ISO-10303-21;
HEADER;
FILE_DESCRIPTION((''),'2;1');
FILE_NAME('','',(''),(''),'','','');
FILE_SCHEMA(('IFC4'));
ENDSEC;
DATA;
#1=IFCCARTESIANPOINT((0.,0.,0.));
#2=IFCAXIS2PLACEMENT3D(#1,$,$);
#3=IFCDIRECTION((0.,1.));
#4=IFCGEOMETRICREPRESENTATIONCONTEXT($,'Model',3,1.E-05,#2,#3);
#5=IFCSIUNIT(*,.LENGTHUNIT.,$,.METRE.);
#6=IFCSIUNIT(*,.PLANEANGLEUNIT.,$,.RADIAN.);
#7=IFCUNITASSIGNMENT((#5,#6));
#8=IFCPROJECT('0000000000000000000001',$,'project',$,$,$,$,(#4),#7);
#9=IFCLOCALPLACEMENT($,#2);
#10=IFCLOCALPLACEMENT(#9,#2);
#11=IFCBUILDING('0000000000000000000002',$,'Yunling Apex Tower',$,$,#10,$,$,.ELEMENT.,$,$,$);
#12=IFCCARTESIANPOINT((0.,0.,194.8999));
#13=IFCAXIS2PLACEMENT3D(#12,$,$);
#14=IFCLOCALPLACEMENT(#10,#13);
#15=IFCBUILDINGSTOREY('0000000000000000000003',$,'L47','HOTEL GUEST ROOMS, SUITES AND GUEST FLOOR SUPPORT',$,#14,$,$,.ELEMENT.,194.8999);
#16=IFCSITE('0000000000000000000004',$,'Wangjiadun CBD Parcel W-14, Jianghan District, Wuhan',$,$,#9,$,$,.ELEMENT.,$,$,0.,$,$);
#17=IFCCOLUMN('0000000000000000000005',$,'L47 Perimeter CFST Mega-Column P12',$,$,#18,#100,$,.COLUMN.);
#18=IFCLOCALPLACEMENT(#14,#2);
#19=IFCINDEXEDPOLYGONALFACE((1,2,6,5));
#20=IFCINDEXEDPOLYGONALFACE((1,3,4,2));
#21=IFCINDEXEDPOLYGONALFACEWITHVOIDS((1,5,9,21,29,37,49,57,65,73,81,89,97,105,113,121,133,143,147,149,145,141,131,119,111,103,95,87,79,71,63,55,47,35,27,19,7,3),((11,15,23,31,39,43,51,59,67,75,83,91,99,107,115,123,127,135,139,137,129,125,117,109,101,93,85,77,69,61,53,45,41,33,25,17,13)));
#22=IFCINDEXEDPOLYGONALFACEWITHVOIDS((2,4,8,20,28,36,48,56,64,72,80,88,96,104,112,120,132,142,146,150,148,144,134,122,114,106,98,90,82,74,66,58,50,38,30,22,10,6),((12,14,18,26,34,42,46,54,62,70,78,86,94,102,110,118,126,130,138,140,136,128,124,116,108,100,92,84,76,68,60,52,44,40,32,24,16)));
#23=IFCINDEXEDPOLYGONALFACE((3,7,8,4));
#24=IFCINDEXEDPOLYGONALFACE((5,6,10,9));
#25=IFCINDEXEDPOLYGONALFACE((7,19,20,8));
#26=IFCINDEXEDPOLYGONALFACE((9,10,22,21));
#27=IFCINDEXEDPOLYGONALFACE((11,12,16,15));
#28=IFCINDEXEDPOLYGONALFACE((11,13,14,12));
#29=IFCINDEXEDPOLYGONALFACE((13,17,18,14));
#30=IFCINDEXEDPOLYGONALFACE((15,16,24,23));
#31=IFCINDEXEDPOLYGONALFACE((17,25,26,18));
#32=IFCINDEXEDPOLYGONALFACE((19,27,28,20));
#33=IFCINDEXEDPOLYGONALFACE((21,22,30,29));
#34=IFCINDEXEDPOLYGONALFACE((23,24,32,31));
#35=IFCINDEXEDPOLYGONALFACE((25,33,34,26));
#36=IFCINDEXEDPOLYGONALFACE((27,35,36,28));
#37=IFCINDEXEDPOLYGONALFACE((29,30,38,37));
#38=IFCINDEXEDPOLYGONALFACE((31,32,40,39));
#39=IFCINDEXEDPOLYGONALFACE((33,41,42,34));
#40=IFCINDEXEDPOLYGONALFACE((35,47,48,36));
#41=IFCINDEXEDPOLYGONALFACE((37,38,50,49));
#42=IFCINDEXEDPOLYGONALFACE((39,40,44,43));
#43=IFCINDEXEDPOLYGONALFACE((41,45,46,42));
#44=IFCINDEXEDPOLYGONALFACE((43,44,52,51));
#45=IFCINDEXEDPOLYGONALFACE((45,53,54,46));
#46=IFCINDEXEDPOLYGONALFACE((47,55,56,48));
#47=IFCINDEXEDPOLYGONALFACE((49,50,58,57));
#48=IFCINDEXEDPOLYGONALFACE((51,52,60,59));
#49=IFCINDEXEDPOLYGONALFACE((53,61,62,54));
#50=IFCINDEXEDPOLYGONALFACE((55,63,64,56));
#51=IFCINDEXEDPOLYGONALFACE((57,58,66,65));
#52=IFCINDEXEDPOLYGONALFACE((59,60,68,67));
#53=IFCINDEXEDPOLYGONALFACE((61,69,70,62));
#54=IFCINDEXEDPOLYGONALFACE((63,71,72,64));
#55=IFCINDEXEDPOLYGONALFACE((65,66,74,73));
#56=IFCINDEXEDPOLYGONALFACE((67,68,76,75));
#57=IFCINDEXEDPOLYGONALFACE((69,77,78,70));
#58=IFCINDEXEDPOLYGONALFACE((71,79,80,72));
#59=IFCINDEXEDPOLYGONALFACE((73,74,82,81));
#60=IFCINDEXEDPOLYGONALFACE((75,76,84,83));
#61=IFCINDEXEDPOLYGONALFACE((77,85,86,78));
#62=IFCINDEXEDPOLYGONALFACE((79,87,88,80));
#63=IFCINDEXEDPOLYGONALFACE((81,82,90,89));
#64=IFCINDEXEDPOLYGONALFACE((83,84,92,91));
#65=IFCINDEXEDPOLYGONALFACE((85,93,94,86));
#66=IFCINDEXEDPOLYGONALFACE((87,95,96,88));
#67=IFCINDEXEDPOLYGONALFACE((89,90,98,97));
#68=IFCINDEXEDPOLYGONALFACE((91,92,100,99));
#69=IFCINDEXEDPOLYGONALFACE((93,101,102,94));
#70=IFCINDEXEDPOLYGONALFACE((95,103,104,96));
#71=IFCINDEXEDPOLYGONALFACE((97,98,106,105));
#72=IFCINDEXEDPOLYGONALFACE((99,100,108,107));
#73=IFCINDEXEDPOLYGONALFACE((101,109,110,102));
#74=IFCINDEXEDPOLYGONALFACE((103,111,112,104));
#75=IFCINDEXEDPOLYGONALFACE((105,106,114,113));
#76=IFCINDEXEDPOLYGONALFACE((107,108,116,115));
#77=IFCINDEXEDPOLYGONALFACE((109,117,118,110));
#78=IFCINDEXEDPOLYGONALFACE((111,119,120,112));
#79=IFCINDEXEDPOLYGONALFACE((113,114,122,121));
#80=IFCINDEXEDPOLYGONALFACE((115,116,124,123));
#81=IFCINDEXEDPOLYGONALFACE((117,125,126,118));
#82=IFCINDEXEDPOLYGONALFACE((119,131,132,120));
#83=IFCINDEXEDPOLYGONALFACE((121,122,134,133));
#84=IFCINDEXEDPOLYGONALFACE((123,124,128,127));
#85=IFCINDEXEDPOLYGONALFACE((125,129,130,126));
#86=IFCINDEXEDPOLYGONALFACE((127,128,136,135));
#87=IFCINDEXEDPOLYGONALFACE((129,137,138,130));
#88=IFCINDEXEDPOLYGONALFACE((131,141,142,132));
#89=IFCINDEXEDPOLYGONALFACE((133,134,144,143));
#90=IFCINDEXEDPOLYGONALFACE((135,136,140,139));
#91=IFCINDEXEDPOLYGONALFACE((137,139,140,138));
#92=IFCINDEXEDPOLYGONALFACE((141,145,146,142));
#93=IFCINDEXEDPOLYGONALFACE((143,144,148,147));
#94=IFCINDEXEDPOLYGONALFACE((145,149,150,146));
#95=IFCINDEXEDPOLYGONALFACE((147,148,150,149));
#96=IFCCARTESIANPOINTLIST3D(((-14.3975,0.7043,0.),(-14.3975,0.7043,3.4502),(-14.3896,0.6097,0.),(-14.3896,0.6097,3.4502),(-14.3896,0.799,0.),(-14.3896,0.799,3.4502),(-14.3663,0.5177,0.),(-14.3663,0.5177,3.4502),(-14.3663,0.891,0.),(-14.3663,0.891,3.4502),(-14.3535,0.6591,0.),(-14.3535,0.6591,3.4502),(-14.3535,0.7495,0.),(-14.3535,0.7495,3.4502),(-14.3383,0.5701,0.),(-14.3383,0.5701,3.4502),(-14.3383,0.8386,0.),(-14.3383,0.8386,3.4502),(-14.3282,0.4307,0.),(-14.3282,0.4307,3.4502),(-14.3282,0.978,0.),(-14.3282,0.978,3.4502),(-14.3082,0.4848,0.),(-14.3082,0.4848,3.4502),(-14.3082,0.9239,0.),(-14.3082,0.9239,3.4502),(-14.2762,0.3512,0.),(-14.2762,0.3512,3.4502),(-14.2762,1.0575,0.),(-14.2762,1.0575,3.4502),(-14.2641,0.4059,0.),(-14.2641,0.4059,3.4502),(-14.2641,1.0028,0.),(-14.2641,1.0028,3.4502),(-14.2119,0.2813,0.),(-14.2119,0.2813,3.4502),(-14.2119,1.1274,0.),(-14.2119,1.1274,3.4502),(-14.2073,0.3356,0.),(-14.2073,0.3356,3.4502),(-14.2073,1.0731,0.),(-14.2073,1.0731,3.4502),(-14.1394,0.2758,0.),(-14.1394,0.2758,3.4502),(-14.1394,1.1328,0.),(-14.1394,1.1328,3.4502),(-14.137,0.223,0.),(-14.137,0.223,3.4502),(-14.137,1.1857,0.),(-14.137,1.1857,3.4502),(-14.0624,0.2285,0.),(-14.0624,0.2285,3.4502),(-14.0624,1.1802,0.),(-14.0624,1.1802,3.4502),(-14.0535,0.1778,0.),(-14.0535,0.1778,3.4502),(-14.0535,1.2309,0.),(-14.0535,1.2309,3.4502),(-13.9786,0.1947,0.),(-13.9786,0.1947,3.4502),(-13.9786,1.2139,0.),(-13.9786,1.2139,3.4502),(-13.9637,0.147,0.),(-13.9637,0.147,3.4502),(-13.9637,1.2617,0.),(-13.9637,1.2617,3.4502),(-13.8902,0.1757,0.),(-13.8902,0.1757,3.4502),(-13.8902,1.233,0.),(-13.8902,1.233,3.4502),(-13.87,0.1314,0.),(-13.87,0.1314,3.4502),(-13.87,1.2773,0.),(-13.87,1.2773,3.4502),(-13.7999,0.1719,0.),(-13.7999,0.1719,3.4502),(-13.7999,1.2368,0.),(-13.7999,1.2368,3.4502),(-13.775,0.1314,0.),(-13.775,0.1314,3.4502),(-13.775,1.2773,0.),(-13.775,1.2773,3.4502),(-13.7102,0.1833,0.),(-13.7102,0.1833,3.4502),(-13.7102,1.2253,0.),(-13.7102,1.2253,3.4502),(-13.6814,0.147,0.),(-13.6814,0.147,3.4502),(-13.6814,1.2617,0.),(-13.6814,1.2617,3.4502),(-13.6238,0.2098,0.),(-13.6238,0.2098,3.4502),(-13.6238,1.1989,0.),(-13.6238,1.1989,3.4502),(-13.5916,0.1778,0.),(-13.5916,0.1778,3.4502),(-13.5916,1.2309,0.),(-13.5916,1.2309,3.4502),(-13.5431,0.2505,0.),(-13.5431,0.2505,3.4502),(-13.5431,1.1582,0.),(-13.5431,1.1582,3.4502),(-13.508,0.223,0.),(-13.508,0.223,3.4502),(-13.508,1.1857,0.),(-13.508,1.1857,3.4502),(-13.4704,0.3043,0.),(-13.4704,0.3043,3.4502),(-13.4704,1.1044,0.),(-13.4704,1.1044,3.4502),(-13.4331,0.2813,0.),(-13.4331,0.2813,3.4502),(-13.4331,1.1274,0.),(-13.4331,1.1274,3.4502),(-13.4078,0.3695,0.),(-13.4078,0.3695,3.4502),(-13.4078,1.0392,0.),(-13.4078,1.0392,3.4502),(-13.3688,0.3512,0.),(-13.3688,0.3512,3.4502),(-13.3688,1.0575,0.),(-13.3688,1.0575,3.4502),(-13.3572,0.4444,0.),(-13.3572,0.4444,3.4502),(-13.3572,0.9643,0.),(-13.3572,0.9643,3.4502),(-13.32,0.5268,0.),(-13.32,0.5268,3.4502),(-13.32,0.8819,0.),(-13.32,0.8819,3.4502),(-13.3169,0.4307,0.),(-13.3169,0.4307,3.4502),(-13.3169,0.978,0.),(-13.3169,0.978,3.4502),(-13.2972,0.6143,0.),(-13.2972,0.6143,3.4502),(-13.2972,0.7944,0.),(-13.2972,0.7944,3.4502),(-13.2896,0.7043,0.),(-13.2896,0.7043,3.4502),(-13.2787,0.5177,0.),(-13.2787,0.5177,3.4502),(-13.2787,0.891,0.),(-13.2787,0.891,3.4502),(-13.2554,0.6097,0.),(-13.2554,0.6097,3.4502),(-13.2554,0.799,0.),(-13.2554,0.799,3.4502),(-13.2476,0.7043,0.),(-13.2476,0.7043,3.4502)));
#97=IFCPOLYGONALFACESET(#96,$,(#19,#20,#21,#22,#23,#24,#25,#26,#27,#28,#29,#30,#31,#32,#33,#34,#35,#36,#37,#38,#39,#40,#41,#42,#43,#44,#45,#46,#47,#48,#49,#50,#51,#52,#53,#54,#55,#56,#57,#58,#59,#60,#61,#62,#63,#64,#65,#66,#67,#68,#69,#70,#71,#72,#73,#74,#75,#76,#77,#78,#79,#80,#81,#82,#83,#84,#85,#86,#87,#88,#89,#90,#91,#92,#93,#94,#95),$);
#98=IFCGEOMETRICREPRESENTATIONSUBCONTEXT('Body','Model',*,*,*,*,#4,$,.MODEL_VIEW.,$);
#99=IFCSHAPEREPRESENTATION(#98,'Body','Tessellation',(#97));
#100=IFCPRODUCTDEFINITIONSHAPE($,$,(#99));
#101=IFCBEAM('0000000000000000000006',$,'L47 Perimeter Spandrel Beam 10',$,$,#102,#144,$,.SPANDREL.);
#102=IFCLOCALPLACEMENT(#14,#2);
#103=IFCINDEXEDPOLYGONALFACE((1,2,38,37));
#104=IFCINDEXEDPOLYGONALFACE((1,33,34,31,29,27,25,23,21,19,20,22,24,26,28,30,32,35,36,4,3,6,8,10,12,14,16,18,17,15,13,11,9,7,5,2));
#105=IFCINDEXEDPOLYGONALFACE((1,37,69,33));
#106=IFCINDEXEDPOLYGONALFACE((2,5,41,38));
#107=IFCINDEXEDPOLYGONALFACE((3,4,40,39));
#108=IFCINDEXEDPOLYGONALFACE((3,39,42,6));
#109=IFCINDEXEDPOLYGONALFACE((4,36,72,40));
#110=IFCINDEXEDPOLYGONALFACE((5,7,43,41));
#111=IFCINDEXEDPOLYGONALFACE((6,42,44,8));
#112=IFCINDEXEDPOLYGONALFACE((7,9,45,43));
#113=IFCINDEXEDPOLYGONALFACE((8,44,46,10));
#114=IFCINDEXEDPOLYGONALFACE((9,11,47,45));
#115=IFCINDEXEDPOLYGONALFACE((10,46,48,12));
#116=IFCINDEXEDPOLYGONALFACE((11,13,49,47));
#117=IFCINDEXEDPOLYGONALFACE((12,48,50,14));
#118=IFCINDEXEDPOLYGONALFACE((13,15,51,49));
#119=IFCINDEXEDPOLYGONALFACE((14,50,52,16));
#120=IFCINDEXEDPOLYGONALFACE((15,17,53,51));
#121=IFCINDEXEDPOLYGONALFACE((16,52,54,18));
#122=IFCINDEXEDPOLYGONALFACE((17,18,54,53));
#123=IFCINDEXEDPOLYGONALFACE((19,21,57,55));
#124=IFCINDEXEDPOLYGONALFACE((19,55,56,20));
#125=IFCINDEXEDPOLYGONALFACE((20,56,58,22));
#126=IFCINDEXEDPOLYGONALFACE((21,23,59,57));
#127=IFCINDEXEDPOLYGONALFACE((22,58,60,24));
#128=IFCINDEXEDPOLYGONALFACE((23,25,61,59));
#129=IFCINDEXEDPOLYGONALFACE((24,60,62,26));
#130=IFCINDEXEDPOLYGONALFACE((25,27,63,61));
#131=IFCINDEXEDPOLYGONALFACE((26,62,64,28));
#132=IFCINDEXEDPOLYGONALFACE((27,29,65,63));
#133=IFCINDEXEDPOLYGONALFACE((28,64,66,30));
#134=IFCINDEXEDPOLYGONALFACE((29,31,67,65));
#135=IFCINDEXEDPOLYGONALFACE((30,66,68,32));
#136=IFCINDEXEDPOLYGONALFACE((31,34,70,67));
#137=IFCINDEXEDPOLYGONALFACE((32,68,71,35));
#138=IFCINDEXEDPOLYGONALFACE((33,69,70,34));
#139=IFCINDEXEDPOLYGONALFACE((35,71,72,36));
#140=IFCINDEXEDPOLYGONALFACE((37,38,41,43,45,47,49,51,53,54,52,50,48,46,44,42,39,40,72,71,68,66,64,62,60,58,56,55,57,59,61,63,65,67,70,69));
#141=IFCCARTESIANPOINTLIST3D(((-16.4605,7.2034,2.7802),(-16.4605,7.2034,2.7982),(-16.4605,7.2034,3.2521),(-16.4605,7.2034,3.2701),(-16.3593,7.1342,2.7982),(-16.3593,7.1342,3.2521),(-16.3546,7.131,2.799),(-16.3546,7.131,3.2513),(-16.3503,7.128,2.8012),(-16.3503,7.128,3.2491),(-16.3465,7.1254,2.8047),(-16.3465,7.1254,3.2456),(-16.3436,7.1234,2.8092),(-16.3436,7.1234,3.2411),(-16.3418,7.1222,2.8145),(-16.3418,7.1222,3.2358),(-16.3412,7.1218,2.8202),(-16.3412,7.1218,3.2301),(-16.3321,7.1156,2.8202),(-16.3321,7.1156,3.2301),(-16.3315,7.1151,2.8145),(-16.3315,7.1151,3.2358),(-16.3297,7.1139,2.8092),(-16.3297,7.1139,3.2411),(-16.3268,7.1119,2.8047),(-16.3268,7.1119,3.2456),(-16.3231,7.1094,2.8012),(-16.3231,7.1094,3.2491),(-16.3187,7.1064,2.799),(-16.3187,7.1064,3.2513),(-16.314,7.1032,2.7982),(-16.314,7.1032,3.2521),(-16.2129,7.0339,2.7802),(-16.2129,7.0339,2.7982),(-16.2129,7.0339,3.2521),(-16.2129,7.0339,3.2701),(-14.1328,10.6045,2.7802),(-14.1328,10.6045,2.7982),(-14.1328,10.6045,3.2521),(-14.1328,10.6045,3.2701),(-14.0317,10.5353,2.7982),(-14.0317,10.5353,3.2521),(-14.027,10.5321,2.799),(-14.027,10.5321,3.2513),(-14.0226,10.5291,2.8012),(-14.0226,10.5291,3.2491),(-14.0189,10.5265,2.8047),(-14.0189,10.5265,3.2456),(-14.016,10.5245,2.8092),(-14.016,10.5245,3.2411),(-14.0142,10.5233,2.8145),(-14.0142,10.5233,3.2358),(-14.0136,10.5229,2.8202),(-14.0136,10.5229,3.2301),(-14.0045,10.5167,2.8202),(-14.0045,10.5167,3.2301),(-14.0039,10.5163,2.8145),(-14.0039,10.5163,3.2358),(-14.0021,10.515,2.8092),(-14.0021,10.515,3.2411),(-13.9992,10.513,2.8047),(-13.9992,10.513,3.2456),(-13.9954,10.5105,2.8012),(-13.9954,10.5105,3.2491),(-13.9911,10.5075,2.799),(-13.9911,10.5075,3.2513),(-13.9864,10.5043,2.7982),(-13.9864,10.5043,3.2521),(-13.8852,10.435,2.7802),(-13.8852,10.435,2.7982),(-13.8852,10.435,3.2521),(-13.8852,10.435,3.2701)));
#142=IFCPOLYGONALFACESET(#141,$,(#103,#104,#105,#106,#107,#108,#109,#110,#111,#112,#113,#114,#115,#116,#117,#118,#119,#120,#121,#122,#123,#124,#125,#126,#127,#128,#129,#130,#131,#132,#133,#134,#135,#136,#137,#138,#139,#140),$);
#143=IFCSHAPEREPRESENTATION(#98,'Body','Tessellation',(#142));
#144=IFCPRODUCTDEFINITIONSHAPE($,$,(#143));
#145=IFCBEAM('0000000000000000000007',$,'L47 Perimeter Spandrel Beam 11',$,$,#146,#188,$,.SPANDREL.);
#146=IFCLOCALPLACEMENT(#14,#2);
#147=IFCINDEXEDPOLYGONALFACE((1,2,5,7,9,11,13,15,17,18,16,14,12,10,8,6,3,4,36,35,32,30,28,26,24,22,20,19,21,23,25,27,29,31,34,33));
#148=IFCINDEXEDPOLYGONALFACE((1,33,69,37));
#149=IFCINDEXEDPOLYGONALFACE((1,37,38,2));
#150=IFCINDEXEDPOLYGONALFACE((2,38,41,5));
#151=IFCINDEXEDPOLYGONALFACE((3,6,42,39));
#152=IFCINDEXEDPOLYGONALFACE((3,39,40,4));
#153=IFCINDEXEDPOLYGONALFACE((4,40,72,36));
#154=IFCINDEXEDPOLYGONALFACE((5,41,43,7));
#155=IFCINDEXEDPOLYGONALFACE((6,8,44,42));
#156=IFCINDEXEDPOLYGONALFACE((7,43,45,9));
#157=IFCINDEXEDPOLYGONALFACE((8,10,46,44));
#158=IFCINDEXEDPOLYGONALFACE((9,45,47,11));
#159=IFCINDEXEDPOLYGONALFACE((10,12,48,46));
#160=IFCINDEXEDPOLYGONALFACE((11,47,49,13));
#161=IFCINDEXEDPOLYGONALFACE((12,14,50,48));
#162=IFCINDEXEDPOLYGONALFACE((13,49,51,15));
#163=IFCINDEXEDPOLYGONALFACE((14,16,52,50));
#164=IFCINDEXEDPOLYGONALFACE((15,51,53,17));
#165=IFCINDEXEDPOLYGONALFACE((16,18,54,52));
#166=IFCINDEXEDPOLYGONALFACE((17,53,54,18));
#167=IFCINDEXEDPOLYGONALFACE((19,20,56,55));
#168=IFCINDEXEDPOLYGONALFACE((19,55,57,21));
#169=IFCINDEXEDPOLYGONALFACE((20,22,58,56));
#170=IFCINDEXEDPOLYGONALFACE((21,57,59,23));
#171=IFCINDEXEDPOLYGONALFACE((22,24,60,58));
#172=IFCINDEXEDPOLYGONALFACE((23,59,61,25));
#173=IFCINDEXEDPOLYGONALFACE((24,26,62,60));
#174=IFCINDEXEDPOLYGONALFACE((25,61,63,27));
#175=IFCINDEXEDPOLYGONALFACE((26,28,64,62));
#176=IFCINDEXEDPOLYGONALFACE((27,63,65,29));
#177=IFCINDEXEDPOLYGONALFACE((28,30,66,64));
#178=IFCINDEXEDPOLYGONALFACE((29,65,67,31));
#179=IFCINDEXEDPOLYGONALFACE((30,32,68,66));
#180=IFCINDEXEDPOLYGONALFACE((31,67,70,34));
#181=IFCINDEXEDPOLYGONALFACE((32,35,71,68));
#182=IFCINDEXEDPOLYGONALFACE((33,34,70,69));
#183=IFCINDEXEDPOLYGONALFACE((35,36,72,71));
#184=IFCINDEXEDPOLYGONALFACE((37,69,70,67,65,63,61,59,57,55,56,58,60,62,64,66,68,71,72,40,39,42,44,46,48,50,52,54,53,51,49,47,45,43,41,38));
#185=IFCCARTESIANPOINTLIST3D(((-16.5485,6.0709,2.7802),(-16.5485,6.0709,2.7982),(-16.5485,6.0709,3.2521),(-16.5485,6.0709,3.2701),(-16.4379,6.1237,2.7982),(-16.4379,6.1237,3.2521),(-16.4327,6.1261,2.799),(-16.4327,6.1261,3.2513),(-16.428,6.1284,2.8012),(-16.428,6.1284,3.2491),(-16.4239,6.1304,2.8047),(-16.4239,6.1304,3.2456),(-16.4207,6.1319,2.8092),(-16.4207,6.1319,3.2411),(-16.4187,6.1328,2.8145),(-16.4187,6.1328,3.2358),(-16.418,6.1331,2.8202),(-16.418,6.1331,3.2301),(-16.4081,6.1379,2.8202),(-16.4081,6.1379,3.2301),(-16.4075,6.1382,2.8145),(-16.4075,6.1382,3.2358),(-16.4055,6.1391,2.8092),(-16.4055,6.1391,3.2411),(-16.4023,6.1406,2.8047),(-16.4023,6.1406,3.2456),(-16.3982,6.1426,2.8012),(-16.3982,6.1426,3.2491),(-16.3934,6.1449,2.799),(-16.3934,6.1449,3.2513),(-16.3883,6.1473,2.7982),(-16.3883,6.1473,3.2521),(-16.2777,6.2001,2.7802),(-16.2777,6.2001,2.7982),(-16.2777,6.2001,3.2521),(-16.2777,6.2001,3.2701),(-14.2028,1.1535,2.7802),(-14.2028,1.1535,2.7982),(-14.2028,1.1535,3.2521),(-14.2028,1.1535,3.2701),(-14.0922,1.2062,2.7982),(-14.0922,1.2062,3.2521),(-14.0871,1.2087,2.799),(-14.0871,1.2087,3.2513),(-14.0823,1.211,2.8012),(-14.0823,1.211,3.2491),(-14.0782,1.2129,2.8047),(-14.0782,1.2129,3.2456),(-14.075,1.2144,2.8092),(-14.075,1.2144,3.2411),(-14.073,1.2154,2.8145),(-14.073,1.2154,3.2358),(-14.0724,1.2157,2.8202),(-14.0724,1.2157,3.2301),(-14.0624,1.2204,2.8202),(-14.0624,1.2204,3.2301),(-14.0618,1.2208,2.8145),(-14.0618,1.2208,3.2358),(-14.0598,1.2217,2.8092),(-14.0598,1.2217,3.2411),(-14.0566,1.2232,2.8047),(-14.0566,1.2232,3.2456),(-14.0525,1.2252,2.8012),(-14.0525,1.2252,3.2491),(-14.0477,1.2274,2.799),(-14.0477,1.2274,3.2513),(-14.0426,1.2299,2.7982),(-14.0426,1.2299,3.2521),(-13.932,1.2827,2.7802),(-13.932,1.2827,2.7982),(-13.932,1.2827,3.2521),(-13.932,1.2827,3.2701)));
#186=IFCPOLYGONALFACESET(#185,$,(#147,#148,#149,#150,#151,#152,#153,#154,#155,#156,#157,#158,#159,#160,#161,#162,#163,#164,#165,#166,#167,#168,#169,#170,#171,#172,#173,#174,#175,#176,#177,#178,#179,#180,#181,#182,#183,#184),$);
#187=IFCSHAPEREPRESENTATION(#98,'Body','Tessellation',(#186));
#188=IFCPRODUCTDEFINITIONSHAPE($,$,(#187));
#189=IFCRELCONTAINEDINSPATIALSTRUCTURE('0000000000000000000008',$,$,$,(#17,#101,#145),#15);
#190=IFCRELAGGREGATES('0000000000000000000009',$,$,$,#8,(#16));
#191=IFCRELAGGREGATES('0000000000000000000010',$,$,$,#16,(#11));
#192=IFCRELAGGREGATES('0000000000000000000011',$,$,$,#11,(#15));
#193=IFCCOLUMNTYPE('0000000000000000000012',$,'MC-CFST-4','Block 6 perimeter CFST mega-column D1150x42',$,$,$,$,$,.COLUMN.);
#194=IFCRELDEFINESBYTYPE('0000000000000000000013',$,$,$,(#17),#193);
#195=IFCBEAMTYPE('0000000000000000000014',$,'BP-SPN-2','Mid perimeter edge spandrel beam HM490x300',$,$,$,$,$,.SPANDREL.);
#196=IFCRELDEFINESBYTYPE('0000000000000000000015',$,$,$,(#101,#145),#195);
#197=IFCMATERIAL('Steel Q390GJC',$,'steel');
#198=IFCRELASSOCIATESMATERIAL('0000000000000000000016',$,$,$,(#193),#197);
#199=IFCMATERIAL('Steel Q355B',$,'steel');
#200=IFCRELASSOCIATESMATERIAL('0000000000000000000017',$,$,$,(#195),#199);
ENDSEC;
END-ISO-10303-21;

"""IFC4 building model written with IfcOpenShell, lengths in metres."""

from ifc_helpers import new_model, si_unit, direction, frame, origin, origin_2d, place, context, subcontext, project, spatial, hollow_circle, i_section, extrude, source, transform, mapped, material, material_profile, profile_set, type_object, element, save


model = new_model("IFC4")

# Units and contexts
model_context = context("Model", 3, precision=1e-05, world=origin(), true_north=direction((0.0, 1.0)))
body_context = subcontext(model_context, "Body", "Model", "MODEL_VIEW")
ifc_project = project(units=[si_unit("LENGTHUNIT", "METRE"), si_unit("PLANEANGLEUNIT", "RADIAN")], contexts=[model_context])

# Site, building, storey
site_placement = place(None, origin())
site = spatial("IfcSite", under=ifc_project, at=site_placement, Name="Wangjiadun CBD Parcel W-14, Jianghan District, Wuhan", CompositionType="ELEMENT", RefElevation=0.0)
building_placement = place(site_placement, origin())
building = spatial("IfcBuilding", under=site, at=building_placement, Name="Yunling Apex Tower", CompositionType="ELEMENT")
storey_placement = place(building_placement, frame((0.0, 0.0, 194.8999)))
storey = spatial("IfcBuildingStorey", under=building, at=storey_placement, Name="L47", Description="HOTEL GUEST ROOMS, SUITES AND GUEST FLOOR SUPPORT", CompositionType="ELEMENT", Elevation=194.8999)

# Column
ifc_material_1 = material(Name="Steel Q390GJC", Category="steel")
ifc_material_profile_1 = material_profile(ifc_material_1, hollow_circle(Radius=0.575, WallThickness=0.042, at=origin_2d()))
ifc_profile_set_1 = profile_set([ifc_material_profile_1], Name="Steel Q390GJC")
column_type = type_object("IfcColumnType", Name="MC-CFST-4", Description="Block 6 perimeter CFST mega-column D1150x42", PredefinedType="COLUMN", material=ifc_profile_set_1)
shared_shape_1 = source(origin(), body_context, "Body", "SweptSolid", [
    extrude(hollow_circle(Radius=0.575, WallThickness=0.042, at=origin_2d()), origin(), (0.0, 0.0, 1.0), 3.4502),
])
for number, where, z_axis, x_axis, name in (
    (1, (-13.8225, 0.7043, 0.0), (0.0, 0.0, 1.0), (1.0, 0.0, 0.0), "L47 Perimeter CFST Mega-Column P12"),
):
    element("IfcColumn", number, at=place(storey_placement, frame(where, z_axis=z_axis, x_axis=x_axis)), inside=storey, type_object=column_type, Name=name, PredefinedType="COLUMN", context=body_context, shape_type="MappedRepresentation", body=[
        mapped(shared_shape_1, transform((0.0, 0.0, 0.0), scale=1.0)),
    ])

# Beams
ifc_material_2 = material(Name="Steel Q355B", Category="steel")
ifc_material_profile_2 = material_profile(ifc_material_2, i_section(OverallWidth=0.3, OverallDepth=0.49, WebThickness=0.011, FlangeThickness=0.0181, FilletRadius=0.022, at=origin_2d()))
ifc_profile_set_2 = profile_set([ifc_material_profile_2], Name="Steel Q355B")
beam_type_1 = type_object("IfcBeamType", Name="BP-SPN-2", Description="Mid perimeter edge spandrel beam HM490x300", PredefinedType="SPANDREL", material=ifc_profile_set_2)
shared_shape_2 = source(origin(), body_context, "Body", "SweptSolid", [
    extrude(i_section(OverallWidth=0.3, OverallDepth=0.49, WebThickness=0.011, FlangeThickness=0.0181, FilletRadius=0.022, at=origin_2d()), origin(), (0.0, 0.0, 1.0), 4.1213),
])
beam_1_placement = place(storey_placement, frame((-14.009, 10.5198, 3.0251), z_axis=(-0.564775, -0.825245, 0.0), x_axis=(0.825245, -0.564775, 0.0)))
element("IfcBeam", 2, at=beam_1_placement, inside=storey, type_object=beam_type_1, Name="L47 Perimeter Spandrel Beam 10", PredefinedType="SPANDREL", context=body_context, shape_type="MappedRepresentation", body=[
    mapped(shared_shape_2, transform((0.0, 0.0, 0.0), scale=1.0)),
])
shared_shape_3 = source(origin(), body_context, "Body", "SweptSolid", [
    extrude(i_section(OverallWidth=0.3, OverallDepth=0.49, WebThickness=0.011, FlangeThickness=0.0181, FilletRadius=0.022, at=origin_2d()), origin(), (0.0, 0.0, 1.0), 5.4482),
])
beam_2_placement = place(storey_placement, frame((-16.4131, 6.1355, 3.0251), z_axis=(0.430539, -0.902572, 0.0), x_axis=(0.902572, 0.430539, 0.0)))
element("IfcBeam", 3, at=beam_2_placement, inside=storey, type_object=beam_type_1, Name="L47 Perimeter Spandrel Beam 11", PredefinedType="SPANDREL", context=body_context, shape_type="MappedRepresentation", body=[
    mapped(shared_shape_3, transform((0.0, 0.0, 0.0), scale=1.0)),
])

save(model, "model.ifc")
